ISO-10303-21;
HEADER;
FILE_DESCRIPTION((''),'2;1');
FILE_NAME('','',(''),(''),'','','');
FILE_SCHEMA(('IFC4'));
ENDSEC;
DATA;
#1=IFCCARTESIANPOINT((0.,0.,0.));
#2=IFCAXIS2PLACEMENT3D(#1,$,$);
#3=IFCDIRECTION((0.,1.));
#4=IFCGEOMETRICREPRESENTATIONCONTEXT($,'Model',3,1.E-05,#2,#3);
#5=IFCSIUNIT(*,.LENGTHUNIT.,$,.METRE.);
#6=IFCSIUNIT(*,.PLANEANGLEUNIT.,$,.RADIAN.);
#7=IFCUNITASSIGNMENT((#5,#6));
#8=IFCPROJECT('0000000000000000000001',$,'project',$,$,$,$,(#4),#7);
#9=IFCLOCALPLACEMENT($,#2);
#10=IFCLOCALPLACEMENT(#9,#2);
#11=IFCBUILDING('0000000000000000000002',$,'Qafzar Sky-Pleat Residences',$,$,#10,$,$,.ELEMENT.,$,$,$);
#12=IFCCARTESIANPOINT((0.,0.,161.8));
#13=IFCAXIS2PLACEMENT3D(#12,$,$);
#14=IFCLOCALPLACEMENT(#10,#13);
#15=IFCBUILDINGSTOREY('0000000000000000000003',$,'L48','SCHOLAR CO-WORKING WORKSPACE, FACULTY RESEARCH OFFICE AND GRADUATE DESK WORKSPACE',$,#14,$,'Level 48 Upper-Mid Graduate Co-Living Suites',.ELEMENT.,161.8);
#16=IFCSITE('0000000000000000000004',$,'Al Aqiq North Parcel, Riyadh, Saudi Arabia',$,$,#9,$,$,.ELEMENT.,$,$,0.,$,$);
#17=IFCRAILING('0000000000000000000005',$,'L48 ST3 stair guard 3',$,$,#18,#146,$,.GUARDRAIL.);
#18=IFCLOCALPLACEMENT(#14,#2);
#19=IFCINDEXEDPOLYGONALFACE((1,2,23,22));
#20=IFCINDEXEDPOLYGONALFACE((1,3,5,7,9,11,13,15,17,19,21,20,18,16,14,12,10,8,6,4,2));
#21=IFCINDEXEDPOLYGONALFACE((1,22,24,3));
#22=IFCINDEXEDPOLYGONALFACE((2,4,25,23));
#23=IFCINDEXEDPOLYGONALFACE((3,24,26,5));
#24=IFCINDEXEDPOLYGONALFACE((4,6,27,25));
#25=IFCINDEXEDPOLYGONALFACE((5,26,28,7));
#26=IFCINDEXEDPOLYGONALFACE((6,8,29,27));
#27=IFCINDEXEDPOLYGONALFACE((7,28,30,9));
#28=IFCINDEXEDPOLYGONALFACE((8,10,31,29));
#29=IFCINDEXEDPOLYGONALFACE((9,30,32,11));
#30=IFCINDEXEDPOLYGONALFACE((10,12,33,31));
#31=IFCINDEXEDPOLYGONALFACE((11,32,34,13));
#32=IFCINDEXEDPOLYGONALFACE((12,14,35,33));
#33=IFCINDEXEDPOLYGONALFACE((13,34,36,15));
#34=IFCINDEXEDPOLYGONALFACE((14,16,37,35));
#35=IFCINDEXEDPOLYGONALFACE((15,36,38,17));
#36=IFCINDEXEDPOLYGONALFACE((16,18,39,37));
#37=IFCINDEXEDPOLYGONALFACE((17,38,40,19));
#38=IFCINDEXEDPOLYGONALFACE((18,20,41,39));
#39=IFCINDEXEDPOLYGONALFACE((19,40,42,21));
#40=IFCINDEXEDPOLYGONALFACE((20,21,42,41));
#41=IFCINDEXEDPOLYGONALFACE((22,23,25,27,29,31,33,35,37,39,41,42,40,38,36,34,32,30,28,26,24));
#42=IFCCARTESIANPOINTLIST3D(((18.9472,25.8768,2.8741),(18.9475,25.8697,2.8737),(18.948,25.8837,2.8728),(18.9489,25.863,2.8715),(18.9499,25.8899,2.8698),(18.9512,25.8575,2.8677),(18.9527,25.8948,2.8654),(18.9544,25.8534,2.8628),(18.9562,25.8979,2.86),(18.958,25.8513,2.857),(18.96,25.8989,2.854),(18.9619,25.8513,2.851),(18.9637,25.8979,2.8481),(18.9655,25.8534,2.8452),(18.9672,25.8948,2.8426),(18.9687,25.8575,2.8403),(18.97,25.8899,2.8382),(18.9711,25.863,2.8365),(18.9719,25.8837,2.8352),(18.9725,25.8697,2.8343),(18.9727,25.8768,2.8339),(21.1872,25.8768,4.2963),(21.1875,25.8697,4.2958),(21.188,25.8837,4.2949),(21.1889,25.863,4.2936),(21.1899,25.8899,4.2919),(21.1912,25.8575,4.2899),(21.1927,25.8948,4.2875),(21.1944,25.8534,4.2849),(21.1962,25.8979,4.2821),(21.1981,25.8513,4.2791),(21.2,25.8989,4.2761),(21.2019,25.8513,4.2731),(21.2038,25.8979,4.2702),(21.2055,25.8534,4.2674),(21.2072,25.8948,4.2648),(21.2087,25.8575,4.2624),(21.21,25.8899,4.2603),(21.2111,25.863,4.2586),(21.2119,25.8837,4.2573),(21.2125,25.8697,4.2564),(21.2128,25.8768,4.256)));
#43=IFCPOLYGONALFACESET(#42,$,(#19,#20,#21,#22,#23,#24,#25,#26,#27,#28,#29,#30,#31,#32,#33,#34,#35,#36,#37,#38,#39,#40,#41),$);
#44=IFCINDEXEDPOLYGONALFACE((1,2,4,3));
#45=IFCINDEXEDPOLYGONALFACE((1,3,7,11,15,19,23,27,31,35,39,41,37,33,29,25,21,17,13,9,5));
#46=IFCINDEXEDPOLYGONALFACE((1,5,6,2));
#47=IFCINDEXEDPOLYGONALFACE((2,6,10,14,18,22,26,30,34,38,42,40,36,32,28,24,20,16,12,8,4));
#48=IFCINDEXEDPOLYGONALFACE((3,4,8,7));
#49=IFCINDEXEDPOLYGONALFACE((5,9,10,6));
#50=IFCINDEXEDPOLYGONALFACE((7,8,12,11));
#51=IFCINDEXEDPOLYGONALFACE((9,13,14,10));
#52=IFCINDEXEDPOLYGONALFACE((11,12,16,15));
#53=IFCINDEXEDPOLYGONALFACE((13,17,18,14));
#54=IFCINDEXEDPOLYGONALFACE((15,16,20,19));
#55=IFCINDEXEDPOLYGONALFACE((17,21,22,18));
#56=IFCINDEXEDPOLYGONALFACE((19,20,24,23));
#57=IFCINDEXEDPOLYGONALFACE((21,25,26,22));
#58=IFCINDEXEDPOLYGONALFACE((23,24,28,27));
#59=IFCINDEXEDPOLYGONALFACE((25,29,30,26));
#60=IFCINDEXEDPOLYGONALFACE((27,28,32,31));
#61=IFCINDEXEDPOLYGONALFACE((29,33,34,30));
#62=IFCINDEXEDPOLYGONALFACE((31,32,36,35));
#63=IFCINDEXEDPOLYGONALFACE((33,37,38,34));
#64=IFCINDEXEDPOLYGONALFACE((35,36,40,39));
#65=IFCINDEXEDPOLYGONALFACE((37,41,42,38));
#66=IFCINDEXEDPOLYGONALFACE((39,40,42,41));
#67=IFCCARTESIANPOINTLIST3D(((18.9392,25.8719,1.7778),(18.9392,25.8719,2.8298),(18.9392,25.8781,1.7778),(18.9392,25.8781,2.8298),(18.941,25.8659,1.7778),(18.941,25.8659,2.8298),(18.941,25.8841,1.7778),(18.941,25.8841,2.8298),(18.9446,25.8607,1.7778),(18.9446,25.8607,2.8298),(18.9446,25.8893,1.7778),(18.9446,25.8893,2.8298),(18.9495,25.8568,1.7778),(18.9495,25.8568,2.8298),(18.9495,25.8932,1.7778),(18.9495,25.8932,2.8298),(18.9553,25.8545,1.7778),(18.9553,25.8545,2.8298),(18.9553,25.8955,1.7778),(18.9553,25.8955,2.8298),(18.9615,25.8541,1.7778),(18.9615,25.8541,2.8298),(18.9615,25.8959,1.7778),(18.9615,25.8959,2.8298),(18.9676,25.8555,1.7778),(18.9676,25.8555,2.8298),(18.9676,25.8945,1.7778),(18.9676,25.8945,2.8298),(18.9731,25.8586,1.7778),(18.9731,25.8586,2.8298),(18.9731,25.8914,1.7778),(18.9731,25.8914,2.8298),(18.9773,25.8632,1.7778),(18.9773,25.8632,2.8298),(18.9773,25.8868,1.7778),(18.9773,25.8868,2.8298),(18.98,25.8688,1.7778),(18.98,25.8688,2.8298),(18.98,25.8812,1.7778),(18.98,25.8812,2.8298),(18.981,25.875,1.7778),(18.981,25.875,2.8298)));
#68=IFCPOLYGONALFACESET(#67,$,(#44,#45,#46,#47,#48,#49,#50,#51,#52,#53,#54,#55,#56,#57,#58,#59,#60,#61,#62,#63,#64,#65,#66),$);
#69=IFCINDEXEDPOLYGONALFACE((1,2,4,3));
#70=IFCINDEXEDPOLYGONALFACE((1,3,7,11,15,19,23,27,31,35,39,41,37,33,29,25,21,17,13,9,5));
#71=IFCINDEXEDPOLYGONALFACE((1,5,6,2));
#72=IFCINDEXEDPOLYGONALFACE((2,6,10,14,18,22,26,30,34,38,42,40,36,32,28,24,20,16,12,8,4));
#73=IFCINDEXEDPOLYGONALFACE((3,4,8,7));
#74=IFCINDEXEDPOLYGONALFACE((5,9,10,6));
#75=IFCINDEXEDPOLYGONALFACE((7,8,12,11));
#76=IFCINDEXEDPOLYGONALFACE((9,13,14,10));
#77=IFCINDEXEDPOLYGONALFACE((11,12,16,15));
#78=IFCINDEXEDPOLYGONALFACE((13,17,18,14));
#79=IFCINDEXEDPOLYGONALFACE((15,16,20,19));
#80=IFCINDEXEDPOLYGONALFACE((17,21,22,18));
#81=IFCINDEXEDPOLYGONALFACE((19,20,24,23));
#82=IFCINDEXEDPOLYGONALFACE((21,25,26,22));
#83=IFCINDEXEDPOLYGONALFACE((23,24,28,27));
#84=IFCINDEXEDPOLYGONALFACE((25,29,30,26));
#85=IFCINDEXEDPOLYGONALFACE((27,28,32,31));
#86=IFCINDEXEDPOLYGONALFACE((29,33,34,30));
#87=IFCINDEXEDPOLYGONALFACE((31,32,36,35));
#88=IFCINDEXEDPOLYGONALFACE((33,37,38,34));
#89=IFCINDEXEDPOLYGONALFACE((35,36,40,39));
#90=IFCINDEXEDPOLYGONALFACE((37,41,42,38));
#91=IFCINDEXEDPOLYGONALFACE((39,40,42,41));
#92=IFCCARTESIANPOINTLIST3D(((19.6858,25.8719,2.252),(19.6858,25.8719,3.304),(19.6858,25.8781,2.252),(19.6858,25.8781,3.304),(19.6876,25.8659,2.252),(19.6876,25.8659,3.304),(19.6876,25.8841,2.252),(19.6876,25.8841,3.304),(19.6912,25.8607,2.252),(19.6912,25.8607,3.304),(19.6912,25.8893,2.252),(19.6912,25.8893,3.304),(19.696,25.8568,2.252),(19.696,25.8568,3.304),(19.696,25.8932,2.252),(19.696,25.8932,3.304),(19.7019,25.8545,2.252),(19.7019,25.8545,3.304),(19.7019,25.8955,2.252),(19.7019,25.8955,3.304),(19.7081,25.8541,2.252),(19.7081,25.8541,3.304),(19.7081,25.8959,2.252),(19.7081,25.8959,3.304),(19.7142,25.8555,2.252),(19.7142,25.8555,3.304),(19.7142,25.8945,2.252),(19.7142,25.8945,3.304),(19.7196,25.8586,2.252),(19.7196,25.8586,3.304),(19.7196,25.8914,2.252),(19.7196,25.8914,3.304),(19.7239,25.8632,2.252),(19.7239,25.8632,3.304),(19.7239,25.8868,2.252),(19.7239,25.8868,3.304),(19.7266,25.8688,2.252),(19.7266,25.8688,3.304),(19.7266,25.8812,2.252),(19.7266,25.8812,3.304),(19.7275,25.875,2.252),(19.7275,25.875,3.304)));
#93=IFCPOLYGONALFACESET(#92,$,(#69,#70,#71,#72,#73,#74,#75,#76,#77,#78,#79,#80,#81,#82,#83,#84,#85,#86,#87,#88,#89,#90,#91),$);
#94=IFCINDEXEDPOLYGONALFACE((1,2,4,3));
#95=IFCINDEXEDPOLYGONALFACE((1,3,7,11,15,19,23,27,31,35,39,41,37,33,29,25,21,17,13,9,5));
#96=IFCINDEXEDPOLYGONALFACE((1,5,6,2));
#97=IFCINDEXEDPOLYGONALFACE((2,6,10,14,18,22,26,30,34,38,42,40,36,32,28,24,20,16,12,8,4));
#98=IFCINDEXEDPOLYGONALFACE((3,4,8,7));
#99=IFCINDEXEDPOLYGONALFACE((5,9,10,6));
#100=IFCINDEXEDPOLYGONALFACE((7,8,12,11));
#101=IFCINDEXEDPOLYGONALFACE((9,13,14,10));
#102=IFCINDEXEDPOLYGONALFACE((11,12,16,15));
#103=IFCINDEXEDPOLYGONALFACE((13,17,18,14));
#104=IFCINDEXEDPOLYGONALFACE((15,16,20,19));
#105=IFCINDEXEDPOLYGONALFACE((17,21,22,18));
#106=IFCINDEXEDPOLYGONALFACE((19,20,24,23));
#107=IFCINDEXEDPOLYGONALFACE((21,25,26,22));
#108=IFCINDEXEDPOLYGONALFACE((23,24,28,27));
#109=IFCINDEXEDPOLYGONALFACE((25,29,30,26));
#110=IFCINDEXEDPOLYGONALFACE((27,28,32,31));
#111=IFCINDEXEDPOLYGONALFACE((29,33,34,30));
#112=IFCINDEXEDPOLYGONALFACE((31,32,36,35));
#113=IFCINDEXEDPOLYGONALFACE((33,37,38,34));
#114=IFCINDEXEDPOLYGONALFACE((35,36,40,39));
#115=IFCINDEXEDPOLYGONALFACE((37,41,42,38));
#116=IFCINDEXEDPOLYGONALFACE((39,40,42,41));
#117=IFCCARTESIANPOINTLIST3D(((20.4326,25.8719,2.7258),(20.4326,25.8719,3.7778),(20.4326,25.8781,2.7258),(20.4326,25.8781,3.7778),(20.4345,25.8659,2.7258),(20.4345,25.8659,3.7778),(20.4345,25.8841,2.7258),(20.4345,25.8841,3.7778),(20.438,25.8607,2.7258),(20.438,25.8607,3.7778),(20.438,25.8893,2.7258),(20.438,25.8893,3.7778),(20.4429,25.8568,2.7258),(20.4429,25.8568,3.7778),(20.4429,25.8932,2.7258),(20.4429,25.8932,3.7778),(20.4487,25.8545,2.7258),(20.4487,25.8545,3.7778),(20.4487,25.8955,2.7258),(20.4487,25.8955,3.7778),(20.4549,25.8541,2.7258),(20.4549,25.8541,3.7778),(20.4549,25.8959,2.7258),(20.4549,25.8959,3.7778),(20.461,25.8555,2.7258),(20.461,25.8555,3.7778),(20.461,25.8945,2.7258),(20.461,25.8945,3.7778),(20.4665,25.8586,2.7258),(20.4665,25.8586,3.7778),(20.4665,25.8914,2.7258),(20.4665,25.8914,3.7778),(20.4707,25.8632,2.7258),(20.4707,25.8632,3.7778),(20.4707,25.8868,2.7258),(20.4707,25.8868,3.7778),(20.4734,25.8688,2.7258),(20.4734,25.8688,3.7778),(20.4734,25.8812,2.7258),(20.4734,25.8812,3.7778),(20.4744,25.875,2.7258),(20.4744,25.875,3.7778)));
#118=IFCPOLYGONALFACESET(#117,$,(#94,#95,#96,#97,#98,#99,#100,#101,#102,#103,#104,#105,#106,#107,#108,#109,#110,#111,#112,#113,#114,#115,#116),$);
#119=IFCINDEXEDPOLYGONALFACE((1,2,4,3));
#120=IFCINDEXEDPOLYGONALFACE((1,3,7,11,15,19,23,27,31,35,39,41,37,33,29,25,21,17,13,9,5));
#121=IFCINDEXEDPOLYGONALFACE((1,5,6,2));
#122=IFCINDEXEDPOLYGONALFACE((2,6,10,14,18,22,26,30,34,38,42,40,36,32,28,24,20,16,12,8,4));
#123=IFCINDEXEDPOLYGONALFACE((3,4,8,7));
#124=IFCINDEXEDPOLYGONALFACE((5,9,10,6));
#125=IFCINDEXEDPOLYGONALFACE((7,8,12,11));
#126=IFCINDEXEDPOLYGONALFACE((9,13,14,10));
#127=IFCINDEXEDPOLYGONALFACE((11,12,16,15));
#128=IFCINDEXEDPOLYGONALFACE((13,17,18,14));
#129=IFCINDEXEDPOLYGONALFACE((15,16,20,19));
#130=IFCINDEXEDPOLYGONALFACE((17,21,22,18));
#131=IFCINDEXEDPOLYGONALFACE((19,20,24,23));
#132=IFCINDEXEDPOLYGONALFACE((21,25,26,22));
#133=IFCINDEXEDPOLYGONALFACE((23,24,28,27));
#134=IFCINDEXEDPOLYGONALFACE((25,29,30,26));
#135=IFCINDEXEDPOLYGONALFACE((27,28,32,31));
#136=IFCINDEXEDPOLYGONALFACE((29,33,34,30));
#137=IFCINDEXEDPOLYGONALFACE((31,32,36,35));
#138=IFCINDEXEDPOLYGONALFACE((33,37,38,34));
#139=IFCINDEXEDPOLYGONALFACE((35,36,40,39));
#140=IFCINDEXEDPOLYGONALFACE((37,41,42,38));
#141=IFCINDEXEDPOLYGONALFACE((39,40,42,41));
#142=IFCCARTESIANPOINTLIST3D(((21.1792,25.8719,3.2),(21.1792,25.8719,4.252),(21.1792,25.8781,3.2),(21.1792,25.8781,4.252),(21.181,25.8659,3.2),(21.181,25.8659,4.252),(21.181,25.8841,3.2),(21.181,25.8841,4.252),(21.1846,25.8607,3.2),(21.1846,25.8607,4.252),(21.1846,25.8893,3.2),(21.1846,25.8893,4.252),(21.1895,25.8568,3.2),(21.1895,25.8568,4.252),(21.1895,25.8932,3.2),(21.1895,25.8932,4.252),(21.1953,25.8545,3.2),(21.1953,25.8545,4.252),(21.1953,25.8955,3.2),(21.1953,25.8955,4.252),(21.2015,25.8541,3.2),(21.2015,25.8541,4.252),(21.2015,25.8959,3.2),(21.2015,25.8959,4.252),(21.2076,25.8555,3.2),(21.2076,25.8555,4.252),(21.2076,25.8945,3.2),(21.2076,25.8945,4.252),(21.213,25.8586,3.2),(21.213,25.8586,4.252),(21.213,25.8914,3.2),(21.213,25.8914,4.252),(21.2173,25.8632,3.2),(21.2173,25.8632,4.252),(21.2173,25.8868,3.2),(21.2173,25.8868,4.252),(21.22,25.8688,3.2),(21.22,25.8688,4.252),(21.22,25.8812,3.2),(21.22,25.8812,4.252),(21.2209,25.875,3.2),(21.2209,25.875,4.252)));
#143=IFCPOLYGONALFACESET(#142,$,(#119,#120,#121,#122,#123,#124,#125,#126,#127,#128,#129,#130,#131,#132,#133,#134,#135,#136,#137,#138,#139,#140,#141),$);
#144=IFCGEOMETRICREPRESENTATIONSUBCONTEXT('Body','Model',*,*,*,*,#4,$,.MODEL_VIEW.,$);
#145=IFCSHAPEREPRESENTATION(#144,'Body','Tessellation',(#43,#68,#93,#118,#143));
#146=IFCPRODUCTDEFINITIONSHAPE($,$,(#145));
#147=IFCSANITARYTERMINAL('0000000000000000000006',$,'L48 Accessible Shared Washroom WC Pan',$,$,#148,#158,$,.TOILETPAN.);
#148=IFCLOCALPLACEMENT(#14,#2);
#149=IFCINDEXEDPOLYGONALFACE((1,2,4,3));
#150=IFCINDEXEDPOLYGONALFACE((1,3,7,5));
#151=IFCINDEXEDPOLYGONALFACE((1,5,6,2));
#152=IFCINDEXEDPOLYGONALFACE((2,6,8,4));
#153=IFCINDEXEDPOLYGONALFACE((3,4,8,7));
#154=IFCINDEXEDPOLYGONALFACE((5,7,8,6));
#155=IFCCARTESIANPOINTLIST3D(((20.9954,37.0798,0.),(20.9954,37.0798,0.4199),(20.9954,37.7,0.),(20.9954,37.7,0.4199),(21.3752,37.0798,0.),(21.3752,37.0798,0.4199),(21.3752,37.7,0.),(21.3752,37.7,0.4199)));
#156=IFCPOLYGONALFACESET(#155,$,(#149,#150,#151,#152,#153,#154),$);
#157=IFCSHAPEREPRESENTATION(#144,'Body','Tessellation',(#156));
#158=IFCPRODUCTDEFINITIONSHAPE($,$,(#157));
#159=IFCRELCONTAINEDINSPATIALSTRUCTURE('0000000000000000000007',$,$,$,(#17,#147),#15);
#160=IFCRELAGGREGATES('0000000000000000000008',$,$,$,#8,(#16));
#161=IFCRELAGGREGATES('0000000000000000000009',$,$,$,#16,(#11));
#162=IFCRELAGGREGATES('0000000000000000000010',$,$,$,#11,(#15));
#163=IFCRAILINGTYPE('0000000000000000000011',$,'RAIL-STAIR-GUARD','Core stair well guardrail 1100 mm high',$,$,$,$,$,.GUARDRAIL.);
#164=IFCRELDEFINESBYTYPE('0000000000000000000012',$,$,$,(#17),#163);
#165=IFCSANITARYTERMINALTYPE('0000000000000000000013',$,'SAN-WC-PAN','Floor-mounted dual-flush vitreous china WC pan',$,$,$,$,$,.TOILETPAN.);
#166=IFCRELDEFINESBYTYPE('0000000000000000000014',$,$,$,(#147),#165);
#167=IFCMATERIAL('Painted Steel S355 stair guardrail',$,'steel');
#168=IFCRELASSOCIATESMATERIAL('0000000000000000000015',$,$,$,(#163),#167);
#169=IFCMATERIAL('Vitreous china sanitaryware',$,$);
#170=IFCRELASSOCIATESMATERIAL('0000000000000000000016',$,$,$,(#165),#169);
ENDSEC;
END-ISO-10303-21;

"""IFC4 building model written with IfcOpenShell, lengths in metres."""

from ifc_helpers import new_model, si_unit, direction, frame, origin, origin_2d, place, context, subcontext, project, spatial, rectangle, circle, extrude, source, transform, mapped, material, type_object, element, save


model = new_model("IFC4")

# Units and contexts
model_context = context("Model", 3, precision=1e-05, world=origin(), true_north=direction((0.0, 1.0)))
body_context = subcontext(model_context, "Body", "Model", "MODEL_VIEW")
ifc_project = project(units=[si_unit("LENGTHUNIT", "METRE"), si_unit("PLANEANGLEUNIT", "RADIAN")], contexts=[model_context])

# Site, building, storey
site_placement = place(None, origin())
site = spatial("IfcSite", under=ifc_project, at=site_placement, Name="Al Aqiq North Parcel, Riyadh, Saudi Arabia", CompositionType="ELEMENT", RefElevation=0.0)
building_placement = place(site_placement, origin())
building = spatial("IfcBuilding", under=site, at=building_placement, Name="Qafzar Sky-Pleat Residences", CompositionType="ELEMENT")
storey_placement = place(building_placement, frame((0.0, 0.0, 161.8)))
storey = spatial("IfcBuildingStorey", under=building, at=storey_placement, Name="L48", Description="SCHOLAR CO-WORKING WORKSPACE, FACULTY RESEARCH OFFICE AND GRADUATE DESK WORKSPACE", LongName="Level 48 Upper-Mid Graduate Co-Living Suites", CompositionType="ELEMENT", Elevation=161.8)

# Railing
ifc_material_1 = material(Name="Painted Steel S355 stair guardrail", Category="steel")
railing_type = type_object("IfcRailingType", Name="RAIL-STAIR-GUARD", Description="Core stair well guardrail 1100 mm high", PredefinedType="GUARDRAIL", material=ifc_material_1)
shared_shape_1 = source(origin(), body_context, "Body", "SweptSolid", [
    extrude(circle(Radius=0.0239, at=origin_2d()), frame((0.0, 0.0, 1.0762), z_axis=(0.844229, 0.0, 0.535982), x_axis=(0.0, 1.0, 0.0)), (0.0, 0.0, 1.0), 2.6533),
    extrude(circle(Radius=0.021, at=origin_2d()), origin(), (0.0, 0.0, 1.0), 1.052),
    extrude(circle(Radius=0.021, at=origin_2d()), frame((0.7466, 0.0, 0.4741)), (0.0, 0.0, 1.0), 1.052),
    extrude(circle(Radius=0.021, at=origin_2d()), frame((1.4934, 0.0, 0.948)), (0.0, 0.0, 1.0), 1.052),
    extrude(circle(Radius=0.021, at=origin_2d()), frame((2.24, 0.0, 1.4221)), (0.0, 0.0, 1.0), 1.052),
])
railing_1_placement = place(storey_placement, frame((18.96, 25.875, 1.7778)))
element("IfcRailing", 1, at=railing_1_placement, inside=storey, type_object=railing_type, Name="L48 ST3 stair guard 3", PredefinedType="GUARDRAIL", context=body_context, shape_type="MappedRepresentation", body=[
    mapped(shared_shape_1, transform((0.0, 0.0, 0.0), x_axis=(1.0, 0.0, 0.0), y_axis=(0.0, 1.0, 0.0), z_axis=(0.0, 0.0, 1.0), scale=1.0)),
])

# Sanitary terminal
ifc_material_2 = material(Name="Vitreous china sanitaryware")
sanitary_terminal_type = type_object("IfcSanitaryTerminalType", Name="SAN-WC-PAN", Description="Floor-mounted dual-flush vitreous china WC pan", PredefinedType="TOILETPAN", material=ifc_material_2)
shared_shape_2 = source(origin(), body_context, "Body", "SweptSolid", [
    extrude(rectangle(XDim=0.3799, YDim=0.6201, at=origin_2d()), origin(), (0.0, 0.0, 1.0), 0.4199),
])
sanitary_terminal_placement = place(storey_placement, frame((21.1853, 37.3899, 0.0), z_axis=(0.0, 0.0, 1.0), x_axis=(1.0, 0.0, 0.0)))
element("IfcSanitaryTerminal", 2, at=sanitary_terminal_placement, inside=storey, type_object=sanitary_terminal_type, Name="L48 Accessible Shared Washroom WC Pan", PredefinedType="TOILETPAN", context=body_context, shape_type="MappedRepresentation", body=[
    mapped(shared_shape_2, transform((0.0, 0.0, 0.0), x_axis=(1.0, 0.0, 0.0), y_axis=(0.0, 1.0, 0.0), z_axis=(0.0, 0.0, 1.0), scale=1.0)),
])

save(model, "model.ifc")
